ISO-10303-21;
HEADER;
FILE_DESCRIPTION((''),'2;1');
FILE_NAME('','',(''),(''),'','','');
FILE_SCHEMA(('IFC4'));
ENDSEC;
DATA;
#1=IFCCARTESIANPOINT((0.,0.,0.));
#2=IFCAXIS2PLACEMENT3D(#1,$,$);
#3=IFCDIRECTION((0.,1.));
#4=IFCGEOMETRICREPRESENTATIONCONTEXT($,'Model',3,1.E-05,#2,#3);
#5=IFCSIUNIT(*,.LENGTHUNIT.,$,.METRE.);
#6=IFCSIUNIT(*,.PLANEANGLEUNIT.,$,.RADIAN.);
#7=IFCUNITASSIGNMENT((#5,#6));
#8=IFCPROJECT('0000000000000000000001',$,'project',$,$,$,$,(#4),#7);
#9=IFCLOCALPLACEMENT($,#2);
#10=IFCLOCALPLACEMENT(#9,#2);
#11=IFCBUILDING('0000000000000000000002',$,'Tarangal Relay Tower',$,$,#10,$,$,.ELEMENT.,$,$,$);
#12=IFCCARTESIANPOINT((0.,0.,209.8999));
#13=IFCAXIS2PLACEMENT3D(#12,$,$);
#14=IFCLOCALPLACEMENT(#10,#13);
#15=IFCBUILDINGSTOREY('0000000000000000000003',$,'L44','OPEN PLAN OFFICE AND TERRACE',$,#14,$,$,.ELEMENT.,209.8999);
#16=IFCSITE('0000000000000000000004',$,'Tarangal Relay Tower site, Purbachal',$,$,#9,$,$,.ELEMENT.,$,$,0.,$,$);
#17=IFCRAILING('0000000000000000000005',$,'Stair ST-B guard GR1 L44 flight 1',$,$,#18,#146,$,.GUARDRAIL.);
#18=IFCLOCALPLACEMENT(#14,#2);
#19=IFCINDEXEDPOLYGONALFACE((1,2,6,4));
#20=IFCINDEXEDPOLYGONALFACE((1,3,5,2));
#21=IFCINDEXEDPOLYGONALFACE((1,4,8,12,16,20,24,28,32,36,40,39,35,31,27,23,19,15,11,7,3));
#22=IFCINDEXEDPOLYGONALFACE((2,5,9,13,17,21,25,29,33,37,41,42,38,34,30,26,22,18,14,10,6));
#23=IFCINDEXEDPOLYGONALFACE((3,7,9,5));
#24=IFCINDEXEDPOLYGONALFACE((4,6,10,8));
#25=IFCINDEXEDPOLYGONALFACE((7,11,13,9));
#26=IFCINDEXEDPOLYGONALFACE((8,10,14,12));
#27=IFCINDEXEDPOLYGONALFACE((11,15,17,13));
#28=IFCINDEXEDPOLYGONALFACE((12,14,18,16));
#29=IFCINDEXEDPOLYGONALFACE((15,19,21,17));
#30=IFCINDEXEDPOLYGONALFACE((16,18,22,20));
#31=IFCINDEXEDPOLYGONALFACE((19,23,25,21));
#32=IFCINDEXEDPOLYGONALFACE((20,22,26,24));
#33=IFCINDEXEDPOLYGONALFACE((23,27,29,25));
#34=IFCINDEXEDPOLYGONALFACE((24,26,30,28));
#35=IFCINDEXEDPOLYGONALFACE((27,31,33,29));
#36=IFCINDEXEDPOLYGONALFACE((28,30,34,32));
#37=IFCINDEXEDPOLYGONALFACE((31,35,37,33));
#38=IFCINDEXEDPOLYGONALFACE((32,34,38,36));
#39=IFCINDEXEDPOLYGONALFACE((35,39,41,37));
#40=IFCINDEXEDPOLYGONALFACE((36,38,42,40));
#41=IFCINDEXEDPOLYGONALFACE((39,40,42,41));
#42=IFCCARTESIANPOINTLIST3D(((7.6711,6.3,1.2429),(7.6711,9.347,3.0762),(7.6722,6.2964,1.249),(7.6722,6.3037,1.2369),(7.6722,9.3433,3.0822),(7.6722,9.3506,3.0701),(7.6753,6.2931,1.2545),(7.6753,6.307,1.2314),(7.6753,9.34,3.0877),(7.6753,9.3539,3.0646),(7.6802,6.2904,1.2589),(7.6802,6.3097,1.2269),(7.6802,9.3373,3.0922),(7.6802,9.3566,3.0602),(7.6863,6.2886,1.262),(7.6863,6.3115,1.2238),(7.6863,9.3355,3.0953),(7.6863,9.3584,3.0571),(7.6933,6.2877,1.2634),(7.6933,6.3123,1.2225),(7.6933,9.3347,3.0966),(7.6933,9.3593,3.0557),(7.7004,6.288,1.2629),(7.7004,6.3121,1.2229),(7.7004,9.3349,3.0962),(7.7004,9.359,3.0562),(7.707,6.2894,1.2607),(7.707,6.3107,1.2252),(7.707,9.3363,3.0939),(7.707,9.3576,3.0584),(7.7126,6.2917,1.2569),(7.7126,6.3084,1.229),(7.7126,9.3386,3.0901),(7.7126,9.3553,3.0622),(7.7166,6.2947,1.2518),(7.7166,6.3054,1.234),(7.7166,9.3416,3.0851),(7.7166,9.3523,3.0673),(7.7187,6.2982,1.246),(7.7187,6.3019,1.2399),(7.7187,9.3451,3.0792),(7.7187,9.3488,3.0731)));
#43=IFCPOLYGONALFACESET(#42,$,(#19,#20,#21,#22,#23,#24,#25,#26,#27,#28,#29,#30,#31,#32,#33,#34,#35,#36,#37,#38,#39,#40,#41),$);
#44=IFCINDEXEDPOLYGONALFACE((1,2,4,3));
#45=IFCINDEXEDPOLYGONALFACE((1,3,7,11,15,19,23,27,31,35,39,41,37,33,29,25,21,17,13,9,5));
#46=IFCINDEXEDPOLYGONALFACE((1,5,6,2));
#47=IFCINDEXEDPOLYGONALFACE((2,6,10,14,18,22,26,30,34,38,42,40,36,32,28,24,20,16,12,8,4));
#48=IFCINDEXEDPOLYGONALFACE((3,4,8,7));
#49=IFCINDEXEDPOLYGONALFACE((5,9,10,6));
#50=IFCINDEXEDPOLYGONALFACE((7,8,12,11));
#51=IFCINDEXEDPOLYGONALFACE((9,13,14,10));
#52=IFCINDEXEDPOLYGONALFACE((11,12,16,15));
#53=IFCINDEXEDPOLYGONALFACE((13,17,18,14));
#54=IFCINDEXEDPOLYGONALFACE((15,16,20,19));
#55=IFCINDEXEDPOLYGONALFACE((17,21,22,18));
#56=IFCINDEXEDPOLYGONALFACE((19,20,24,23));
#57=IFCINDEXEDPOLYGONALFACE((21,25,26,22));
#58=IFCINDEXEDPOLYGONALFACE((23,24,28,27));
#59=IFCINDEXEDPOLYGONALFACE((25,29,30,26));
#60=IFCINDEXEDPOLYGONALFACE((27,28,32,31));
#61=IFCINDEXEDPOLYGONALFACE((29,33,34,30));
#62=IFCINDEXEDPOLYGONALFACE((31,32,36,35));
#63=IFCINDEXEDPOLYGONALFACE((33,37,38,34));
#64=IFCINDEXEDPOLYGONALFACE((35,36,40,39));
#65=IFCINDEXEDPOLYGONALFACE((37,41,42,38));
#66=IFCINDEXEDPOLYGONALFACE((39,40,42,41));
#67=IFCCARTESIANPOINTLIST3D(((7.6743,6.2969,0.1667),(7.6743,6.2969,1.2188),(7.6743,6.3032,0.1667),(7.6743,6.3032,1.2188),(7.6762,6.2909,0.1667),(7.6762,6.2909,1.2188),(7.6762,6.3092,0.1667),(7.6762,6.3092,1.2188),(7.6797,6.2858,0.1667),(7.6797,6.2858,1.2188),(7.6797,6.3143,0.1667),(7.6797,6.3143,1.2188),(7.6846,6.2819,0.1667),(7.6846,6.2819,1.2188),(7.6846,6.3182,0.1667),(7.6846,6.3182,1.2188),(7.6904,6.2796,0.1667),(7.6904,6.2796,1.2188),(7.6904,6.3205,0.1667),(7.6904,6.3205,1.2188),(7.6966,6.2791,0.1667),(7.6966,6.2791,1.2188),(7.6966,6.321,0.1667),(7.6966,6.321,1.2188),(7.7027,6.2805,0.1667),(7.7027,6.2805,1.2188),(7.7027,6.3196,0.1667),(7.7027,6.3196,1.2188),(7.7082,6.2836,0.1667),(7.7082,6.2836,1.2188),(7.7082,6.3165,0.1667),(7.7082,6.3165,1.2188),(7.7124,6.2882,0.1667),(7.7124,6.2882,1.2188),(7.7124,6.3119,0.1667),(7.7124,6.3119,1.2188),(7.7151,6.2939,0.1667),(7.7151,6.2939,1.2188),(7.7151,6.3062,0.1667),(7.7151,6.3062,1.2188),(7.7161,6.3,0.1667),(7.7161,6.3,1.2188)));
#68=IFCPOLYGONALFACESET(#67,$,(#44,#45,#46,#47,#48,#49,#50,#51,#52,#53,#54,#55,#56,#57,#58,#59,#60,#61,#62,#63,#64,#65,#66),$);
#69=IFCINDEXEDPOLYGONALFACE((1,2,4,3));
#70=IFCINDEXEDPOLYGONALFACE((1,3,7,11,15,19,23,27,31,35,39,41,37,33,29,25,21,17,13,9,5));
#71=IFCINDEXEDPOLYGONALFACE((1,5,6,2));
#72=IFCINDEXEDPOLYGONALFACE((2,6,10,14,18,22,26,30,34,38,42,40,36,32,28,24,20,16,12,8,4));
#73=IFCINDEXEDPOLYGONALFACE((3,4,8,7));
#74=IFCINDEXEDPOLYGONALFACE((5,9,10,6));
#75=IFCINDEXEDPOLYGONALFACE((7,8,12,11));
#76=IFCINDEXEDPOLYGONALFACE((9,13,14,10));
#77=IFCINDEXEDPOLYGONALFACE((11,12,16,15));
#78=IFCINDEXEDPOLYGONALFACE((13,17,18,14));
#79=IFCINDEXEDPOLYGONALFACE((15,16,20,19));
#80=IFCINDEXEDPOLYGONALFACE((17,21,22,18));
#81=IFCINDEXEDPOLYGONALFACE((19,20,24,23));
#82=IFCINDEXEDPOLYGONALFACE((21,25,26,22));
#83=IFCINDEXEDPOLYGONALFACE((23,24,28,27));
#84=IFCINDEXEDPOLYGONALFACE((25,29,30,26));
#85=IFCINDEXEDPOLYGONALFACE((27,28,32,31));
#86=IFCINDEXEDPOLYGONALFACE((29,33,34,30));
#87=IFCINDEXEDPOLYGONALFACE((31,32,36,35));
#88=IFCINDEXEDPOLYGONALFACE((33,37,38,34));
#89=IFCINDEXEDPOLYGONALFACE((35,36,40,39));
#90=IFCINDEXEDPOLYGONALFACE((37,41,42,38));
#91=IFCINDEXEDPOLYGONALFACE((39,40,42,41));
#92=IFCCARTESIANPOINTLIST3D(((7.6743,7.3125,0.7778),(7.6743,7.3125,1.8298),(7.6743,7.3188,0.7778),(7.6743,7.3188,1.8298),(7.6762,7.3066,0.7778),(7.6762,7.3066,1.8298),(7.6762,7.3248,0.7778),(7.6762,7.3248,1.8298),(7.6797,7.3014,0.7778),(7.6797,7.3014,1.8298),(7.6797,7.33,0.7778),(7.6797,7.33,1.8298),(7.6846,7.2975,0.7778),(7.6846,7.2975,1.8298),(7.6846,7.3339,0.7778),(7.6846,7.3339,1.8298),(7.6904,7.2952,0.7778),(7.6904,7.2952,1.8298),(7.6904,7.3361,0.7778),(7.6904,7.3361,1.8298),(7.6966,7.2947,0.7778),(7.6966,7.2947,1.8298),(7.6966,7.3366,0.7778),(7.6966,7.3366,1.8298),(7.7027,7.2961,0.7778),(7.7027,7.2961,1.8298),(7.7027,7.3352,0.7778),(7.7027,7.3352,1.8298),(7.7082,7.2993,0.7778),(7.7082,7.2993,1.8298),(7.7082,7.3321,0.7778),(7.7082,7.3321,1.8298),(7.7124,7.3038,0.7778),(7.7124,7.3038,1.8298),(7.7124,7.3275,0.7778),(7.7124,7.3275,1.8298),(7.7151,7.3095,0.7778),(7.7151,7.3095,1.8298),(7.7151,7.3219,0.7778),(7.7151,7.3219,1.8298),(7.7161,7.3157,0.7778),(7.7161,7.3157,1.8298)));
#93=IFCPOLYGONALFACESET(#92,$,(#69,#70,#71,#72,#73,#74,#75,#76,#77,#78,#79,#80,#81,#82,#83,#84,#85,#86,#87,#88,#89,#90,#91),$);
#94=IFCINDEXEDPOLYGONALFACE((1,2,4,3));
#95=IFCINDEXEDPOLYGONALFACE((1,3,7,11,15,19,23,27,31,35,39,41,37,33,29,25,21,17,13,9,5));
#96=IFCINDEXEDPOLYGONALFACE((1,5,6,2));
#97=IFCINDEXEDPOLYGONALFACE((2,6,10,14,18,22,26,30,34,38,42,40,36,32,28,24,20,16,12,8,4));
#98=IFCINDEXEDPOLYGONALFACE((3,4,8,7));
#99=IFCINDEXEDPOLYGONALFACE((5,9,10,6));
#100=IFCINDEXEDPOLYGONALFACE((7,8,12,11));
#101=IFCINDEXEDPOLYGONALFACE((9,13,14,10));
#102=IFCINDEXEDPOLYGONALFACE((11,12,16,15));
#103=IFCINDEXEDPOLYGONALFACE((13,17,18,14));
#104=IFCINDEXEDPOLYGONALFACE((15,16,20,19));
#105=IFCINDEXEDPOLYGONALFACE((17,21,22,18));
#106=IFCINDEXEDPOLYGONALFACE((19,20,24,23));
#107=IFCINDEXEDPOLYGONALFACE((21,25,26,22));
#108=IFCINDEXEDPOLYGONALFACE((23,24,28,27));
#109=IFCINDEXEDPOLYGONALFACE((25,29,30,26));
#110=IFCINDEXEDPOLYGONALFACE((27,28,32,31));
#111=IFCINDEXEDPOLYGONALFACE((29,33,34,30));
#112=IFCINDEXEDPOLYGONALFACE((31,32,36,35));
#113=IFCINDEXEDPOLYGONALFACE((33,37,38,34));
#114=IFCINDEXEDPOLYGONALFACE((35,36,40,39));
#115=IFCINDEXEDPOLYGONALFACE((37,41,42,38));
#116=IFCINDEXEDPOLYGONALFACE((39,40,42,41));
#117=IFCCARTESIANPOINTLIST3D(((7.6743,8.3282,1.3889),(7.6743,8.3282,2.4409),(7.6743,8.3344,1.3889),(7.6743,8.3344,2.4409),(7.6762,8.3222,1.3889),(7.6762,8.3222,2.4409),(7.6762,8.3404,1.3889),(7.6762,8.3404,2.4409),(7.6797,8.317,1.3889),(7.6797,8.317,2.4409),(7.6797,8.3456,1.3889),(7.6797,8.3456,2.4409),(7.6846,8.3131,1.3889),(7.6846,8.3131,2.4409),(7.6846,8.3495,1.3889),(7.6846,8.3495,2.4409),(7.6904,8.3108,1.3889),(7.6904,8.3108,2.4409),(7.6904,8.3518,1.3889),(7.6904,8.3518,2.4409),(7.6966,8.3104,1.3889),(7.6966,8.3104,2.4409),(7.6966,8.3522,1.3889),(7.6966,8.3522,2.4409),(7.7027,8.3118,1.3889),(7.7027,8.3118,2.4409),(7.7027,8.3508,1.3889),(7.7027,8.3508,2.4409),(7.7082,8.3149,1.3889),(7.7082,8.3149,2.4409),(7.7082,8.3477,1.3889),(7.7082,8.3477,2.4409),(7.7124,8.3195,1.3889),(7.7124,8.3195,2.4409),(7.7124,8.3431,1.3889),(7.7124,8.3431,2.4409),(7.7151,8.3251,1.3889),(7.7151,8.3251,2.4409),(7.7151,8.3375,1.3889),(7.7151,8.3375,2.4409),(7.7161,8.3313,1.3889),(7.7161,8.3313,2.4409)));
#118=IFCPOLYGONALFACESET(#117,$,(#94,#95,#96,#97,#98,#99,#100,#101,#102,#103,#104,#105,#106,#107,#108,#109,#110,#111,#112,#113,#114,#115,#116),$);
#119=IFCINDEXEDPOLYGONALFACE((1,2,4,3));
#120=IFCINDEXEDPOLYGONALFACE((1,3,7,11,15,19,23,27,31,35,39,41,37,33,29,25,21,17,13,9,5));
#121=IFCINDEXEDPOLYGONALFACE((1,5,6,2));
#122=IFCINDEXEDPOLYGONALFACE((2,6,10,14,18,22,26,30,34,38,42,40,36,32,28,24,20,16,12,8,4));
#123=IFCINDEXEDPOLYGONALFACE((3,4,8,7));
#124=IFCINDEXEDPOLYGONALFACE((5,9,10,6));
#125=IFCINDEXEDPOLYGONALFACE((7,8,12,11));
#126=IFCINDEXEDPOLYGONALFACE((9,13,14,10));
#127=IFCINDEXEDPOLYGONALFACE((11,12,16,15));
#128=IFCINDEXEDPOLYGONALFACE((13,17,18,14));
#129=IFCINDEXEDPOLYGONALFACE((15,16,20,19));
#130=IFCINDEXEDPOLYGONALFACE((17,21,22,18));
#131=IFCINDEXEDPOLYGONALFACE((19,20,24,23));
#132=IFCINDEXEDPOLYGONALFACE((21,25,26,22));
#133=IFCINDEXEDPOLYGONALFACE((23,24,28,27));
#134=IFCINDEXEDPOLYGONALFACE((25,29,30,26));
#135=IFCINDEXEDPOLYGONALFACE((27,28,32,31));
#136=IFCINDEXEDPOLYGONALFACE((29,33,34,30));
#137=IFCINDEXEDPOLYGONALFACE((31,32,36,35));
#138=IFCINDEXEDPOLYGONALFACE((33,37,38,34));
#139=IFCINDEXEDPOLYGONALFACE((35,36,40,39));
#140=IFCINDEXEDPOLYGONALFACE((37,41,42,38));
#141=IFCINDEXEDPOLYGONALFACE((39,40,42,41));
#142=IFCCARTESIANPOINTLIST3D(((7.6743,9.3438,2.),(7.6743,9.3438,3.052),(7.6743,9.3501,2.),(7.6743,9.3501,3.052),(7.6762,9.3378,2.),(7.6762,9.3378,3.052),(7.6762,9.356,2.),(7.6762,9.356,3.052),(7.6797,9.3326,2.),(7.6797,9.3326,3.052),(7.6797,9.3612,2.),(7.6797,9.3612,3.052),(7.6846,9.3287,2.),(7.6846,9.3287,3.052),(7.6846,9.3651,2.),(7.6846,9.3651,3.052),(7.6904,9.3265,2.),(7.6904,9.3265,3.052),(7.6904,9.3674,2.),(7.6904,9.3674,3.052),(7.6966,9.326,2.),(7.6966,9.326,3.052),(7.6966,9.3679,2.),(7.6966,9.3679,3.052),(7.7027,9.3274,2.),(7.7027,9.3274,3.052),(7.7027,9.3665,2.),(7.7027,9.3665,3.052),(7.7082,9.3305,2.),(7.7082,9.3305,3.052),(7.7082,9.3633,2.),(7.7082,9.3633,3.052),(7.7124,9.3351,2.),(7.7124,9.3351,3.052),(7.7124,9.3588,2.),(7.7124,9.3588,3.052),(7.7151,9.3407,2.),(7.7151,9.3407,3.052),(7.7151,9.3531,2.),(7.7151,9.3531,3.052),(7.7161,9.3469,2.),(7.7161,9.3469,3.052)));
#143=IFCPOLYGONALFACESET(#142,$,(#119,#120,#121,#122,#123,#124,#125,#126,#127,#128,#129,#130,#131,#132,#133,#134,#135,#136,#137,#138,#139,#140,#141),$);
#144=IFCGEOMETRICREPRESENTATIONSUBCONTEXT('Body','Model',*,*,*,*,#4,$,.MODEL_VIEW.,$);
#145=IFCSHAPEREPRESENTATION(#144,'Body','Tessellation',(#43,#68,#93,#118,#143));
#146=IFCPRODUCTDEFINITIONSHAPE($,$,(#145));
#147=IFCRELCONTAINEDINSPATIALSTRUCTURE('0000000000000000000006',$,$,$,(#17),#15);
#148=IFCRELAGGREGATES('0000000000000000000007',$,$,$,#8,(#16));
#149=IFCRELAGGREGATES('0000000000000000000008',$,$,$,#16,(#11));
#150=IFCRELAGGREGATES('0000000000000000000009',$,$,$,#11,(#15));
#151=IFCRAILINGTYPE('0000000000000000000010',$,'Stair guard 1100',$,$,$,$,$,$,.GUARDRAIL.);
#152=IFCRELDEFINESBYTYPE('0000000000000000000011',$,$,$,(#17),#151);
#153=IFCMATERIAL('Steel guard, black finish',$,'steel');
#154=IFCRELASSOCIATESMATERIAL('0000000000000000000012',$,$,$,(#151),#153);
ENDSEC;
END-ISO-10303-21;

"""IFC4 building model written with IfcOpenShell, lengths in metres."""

from ifc_helpers import new_model, si_unit, direction, frame, origin, origin_2d, place, context, subcontext, project, spatial, circle, extrude, material, type_object, element, save


model = new_model("IFC4")

# Units and contexts
model_context = context("Model", 3, precision=1e-05, world=origin(), true_north=direction((0.0, 1.0)))
body_context = subcontext(model_context, "Body", "Model", "MODEL_VIEW")
ifc_project = project(units=[si_unit("LENGTHUNIT", "METRE"), si_unit("PLANEANGLEUNIT", "RADIAN")], contexts=[model_context])

# Site, building, storey
site_placement = place(None, origin())
site = spatial("IfcSite", under=ifc_project, at=site_placement, Name="Tarangal Relay Tower site, Purbachal", CompositionType="ELEMENT", RefElevation=0.0)
building_placement = place(site_placement, origin())
building = spatial("IfcBuilding", under=site, at=building_placement, Name="Tarangal Relay Tower", CompositionType="ELEMENT")
storey_placement = place(building_placement, frame((0.0, 0.0, 209.8999)))
storey = spatial("IfcBuildingStorey", under=building, at=storey_placement, Name="L44", Description="OPEN PLAN OFFICE AND TERRACE", CompositionType="ELEMENT", Elevation=209.8999)

# Railing
ifc_material_1 = material(Name="Steel guard, black finish", Category="steel")
railing_type_1 = type_object("IfcRailingType", Name="Stair guard 1100", PredefinedType="GUARDRAIL", material=ifc_material_1)
railing_1_placement = place(storey_placement, frame((7.6951, 6.3, 0.1667)))
element("IfcRailing", 1, at=railing_1_placement, inside=storey, type_object=railing_type_1, Name="Stair ST-B guard GR1 L44 flight 1", PredefinedType="GUARDRAIL", context=body_context, shape_type="SweptSolid", body=[
    extrude(circle(Radius=0.0239, at=origin_2d()), frame((0.0, 0.0, 1.0762), z_axis=(0.0, 0.856856, 0.515556), x_axis=(-1.0, 0.0, 0.0)), (0.0, 0.0, 1.0), 3.5559),
    extrude(circle(Radius=0.021, at=origin_2d()), origin(), (0.0, 0.0, 1.0), 1.052),
    extrude(circle(Radius=0.021, at=origin_2d()), frame((0.0, 1.0156, 0.6111)), (0.0, 0.0, 1.0), 1.052),
    extrude(circle(Radius=0.021, at=origin_2d()), frame((0.0, 2.0312, 1.2222)), (0.0, 0.0, 1.0), 1.052),
    extrude(circle(Radius=0.021, at=origin_2d()), frame((0.0, 3.0469, 1.8333)), (0.0, 0.0, 1.0), 1.052),
])

save(model, "model.ifc")
